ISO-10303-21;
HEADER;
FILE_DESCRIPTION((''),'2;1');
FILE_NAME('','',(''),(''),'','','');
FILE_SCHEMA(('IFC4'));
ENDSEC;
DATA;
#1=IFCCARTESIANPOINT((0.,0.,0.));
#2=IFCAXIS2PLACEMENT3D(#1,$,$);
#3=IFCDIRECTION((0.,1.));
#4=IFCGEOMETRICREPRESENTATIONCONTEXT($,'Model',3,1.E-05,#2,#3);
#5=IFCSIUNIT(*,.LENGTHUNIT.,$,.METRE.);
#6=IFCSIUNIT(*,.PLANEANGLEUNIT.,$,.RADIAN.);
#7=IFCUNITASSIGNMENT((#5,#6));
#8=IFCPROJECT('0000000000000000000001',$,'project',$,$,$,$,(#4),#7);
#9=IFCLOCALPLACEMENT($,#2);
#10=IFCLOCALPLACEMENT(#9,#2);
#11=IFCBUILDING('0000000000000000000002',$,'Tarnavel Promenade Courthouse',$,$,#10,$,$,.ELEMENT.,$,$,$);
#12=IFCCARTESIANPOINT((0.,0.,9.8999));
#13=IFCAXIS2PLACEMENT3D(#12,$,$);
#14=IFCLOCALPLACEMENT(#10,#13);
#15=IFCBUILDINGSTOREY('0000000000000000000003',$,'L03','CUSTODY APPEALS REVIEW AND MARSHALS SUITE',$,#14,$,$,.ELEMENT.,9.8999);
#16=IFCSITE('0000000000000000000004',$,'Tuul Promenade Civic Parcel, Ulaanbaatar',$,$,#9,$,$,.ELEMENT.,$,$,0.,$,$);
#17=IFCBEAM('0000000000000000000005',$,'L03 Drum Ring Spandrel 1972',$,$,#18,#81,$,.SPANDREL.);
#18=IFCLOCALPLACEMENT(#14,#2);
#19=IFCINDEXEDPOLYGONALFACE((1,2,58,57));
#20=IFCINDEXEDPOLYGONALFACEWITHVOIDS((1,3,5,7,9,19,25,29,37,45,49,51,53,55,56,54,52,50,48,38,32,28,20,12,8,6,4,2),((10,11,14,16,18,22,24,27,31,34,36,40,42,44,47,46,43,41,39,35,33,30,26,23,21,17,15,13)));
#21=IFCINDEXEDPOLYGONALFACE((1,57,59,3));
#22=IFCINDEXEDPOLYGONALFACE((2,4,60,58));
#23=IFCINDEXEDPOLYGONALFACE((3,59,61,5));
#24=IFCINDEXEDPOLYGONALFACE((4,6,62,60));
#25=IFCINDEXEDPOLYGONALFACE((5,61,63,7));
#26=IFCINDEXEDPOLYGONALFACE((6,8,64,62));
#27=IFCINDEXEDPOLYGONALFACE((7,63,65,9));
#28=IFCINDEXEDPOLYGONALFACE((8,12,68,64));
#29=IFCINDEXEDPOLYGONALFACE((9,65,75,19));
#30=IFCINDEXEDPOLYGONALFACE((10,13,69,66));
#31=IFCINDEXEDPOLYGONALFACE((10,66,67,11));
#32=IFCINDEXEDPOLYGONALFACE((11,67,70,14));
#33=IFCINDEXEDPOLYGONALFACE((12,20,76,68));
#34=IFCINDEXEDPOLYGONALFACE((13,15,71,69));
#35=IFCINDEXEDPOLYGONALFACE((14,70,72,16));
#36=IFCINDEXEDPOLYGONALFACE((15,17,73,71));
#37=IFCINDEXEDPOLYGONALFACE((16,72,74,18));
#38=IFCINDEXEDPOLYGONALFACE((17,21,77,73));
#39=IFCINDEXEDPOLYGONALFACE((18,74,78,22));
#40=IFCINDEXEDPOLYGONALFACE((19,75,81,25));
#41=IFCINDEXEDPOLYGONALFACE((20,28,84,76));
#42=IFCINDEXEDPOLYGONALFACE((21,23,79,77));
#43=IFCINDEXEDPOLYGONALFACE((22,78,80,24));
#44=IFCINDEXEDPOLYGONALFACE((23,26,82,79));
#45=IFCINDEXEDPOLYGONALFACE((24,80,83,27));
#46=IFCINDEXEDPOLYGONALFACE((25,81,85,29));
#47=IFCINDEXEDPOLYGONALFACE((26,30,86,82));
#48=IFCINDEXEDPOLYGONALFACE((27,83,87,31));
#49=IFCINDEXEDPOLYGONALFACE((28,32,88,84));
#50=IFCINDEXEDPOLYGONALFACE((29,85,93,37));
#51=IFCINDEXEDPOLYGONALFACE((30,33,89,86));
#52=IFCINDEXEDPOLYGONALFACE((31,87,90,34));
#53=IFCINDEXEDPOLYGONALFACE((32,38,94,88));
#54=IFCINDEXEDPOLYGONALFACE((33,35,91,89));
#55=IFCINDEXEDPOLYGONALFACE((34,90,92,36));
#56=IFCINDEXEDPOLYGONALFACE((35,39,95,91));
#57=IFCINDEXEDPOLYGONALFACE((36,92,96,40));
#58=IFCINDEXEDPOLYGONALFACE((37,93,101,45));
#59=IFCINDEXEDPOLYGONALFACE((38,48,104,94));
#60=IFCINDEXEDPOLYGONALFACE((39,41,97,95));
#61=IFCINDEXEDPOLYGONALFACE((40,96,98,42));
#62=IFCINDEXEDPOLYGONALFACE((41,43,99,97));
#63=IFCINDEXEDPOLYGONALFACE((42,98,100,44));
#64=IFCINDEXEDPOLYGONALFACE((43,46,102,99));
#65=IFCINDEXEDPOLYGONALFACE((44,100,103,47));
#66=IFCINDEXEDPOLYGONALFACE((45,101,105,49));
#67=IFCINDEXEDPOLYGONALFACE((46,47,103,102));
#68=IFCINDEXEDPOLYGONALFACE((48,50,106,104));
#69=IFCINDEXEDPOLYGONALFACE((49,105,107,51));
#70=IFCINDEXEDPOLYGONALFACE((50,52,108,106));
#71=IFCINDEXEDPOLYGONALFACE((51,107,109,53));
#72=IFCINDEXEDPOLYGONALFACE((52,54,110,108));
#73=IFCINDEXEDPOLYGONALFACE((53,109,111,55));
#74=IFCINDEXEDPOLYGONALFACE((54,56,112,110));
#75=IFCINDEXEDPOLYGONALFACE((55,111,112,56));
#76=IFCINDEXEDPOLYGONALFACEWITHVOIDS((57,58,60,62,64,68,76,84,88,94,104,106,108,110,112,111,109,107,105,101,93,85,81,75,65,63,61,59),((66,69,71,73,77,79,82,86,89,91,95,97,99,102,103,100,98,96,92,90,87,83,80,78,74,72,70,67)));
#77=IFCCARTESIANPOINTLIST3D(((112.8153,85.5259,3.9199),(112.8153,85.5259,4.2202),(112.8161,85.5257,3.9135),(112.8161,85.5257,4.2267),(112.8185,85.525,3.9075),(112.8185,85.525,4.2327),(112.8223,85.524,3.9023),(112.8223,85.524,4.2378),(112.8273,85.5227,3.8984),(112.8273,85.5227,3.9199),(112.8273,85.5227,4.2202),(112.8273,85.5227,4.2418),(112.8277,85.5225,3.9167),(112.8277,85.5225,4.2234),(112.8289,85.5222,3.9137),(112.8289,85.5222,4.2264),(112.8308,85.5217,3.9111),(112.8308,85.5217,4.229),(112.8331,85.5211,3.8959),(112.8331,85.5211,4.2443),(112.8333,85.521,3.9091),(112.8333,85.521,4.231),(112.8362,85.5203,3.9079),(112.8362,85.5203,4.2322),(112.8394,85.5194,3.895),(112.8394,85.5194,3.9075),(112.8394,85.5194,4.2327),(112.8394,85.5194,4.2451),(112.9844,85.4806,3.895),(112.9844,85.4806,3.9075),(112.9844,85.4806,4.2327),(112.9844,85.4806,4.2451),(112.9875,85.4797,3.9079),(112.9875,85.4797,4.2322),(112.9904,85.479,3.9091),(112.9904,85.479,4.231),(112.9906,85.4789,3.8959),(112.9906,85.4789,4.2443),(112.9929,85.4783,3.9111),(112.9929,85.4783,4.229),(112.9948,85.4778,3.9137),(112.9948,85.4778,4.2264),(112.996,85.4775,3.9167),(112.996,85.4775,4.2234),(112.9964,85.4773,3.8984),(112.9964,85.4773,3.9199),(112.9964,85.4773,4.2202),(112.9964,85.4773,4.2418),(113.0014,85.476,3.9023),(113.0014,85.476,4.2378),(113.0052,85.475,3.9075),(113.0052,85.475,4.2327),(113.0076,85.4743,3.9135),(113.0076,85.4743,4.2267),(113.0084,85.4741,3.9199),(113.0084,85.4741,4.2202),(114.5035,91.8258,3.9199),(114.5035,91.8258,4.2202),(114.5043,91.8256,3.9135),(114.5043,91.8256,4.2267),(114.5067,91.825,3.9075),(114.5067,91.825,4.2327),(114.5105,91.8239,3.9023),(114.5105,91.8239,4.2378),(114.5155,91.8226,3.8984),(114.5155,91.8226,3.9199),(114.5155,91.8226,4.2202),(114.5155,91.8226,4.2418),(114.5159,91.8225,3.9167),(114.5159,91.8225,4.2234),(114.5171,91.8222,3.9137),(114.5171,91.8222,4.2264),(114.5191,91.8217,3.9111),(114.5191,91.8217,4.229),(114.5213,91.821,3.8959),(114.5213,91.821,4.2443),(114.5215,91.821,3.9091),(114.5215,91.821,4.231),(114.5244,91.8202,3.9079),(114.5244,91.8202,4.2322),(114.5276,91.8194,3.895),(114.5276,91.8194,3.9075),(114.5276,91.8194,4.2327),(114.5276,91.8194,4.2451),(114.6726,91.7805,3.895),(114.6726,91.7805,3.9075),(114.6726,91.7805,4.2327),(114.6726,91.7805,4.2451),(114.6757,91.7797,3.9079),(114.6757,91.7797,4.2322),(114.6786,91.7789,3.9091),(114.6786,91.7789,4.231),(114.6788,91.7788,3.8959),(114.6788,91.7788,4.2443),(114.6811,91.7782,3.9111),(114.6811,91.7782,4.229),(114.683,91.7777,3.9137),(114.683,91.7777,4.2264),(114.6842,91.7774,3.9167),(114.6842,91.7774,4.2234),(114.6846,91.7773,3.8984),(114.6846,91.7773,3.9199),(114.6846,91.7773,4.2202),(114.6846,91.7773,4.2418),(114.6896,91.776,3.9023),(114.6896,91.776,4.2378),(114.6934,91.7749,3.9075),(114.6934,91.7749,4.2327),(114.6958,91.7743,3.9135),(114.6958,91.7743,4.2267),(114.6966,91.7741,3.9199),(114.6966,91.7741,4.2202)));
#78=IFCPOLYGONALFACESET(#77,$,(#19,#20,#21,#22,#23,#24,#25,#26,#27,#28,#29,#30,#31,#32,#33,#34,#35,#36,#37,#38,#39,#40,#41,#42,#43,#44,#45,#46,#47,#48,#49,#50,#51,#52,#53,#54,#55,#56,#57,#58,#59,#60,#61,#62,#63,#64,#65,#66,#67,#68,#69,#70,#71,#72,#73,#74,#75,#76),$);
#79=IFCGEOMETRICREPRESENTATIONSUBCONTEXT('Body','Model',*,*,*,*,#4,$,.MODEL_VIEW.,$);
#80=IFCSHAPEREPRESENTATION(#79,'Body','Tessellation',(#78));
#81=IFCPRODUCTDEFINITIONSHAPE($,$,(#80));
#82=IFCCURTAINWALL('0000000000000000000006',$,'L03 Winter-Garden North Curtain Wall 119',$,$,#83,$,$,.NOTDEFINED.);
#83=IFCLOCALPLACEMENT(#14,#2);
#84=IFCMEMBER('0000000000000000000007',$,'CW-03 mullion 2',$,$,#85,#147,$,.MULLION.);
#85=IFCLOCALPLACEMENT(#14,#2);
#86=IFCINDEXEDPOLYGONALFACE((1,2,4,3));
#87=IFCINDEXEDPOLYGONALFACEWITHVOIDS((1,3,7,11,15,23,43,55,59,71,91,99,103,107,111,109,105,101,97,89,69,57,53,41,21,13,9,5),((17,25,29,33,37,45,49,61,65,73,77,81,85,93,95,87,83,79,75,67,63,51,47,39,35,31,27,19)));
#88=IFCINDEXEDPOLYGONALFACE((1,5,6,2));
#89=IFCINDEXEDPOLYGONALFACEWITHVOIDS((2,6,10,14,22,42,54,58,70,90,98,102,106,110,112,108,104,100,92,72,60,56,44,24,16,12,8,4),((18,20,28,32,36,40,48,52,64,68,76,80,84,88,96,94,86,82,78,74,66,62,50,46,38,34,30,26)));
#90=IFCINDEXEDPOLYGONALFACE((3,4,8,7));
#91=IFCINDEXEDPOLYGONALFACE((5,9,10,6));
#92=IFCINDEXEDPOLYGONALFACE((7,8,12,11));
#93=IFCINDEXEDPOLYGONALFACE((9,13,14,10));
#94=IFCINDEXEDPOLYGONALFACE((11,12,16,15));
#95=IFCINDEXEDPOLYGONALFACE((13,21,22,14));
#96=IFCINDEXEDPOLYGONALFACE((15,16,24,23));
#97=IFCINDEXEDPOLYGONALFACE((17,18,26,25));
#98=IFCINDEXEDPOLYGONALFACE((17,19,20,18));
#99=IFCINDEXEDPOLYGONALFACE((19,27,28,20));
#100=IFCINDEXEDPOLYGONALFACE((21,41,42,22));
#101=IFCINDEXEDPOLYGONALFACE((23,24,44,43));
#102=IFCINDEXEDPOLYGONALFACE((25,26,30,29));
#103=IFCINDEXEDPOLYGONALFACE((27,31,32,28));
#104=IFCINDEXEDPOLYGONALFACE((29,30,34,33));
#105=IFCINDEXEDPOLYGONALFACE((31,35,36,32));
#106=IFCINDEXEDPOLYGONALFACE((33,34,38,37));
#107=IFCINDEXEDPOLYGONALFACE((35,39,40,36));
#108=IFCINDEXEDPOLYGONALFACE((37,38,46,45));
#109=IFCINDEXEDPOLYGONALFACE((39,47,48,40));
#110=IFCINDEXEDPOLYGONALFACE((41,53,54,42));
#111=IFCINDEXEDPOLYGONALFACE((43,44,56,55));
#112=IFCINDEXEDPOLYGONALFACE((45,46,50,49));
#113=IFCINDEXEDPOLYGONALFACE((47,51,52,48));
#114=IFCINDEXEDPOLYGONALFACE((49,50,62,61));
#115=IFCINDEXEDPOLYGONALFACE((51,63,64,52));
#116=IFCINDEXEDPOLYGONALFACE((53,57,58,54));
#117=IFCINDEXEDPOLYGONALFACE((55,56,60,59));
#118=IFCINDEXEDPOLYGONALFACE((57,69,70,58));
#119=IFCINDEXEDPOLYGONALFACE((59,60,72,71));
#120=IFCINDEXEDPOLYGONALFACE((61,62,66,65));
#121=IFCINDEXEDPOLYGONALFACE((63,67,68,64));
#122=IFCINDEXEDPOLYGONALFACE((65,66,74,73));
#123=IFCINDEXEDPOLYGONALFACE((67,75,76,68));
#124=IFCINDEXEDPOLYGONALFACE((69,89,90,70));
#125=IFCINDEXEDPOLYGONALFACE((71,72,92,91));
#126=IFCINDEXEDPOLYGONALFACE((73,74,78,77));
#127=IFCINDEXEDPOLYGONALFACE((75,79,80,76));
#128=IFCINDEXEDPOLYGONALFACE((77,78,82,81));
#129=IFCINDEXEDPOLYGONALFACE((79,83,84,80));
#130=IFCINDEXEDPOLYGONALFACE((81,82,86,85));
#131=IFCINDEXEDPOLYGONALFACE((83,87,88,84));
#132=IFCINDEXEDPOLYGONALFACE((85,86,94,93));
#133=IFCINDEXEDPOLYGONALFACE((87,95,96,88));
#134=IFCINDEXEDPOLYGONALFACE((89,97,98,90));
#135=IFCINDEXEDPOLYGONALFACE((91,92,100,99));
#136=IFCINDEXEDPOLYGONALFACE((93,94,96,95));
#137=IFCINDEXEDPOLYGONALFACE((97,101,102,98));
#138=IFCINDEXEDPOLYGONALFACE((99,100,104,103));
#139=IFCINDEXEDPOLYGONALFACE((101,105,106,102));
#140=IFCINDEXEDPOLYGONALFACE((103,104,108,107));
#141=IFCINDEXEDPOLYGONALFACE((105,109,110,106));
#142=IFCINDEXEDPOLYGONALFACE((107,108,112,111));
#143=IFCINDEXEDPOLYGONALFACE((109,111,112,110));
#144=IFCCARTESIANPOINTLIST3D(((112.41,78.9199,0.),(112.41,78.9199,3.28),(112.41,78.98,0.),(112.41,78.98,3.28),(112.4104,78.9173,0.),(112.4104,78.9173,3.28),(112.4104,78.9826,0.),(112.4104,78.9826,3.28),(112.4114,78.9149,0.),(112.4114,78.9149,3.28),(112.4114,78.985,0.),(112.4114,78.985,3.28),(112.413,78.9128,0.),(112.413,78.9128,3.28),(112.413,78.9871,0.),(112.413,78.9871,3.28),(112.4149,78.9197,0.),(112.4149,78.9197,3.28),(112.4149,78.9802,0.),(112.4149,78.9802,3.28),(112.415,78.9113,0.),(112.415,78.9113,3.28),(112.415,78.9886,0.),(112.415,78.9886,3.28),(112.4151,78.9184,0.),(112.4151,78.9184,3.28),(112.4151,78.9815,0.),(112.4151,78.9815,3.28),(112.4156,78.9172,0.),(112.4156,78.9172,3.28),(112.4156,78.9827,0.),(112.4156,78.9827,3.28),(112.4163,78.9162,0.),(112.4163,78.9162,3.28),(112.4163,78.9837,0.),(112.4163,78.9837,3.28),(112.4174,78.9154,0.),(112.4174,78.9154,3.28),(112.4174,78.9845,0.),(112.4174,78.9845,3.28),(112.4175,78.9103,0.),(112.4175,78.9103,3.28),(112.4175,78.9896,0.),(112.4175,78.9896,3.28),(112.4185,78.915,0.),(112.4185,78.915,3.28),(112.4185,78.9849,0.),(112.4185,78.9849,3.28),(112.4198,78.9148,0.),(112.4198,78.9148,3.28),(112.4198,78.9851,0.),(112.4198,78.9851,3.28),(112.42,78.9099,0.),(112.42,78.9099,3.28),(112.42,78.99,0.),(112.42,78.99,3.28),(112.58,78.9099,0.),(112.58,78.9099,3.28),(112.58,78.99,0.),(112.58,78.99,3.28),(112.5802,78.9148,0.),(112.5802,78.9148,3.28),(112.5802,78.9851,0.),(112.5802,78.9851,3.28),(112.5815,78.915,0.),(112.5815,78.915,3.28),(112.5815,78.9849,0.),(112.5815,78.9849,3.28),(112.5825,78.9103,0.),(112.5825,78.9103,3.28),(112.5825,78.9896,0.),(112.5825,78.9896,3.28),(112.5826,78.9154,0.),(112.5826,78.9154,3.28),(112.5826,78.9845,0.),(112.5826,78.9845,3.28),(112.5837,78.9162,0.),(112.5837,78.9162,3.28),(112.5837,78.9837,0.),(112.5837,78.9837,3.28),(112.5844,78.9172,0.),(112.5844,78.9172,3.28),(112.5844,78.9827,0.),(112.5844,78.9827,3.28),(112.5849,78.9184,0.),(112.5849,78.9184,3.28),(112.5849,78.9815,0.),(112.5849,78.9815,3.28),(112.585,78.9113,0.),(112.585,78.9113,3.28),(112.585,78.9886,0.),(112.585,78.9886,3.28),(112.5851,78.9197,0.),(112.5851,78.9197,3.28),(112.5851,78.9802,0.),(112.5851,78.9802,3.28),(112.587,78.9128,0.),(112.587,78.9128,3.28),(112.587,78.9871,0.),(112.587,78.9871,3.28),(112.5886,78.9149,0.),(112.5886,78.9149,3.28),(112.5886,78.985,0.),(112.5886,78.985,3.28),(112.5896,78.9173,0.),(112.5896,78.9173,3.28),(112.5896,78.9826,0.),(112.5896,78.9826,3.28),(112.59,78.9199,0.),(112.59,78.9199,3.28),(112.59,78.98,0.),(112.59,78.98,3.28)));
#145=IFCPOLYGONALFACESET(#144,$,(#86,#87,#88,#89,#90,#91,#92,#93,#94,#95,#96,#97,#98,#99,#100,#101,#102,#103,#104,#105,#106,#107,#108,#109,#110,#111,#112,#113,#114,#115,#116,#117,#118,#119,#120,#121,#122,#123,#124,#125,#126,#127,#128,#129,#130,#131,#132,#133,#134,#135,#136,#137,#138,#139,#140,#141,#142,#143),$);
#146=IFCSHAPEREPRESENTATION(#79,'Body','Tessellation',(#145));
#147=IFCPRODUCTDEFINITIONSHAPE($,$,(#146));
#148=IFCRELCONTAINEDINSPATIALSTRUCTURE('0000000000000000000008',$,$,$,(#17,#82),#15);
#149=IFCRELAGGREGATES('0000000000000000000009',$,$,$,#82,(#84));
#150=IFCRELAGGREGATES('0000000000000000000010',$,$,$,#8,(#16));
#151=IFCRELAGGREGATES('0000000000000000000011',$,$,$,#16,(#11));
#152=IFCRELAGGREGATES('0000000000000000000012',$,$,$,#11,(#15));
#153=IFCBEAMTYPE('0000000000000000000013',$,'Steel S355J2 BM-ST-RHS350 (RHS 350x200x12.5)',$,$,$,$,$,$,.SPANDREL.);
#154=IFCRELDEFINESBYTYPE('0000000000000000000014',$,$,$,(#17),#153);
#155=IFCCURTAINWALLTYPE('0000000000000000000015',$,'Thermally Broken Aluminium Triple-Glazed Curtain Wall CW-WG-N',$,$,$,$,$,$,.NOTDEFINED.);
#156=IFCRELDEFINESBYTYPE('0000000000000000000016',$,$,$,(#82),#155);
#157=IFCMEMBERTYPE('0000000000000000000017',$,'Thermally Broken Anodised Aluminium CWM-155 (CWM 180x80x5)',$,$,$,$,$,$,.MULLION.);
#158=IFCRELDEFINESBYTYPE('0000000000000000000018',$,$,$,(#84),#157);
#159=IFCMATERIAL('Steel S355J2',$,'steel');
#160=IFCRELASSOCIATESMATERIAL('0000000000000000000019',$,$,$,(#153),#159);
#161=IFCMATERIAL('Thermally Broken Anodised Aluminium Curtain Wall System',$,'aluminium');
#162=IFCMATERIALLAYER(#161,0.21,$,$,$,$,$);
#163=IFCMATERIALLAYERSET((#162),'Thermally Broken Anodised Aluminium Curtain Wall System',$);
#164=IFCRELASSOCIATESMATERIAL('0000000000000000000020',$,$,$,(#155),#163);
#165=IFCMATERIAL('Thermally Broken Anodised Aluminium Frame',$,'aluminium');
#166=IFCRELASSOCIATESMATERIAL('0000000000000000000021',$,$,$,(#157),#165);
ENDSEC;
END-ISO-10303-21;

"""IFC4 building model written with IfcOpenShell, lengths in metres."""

from ifc_helpers import new_model, si_unit, direction, frame, origin, origin_2d, place, context, subcontext, project, spatial, hollow_rectangle, extrude, material, layer, layer_set, material_profile, profile_set, type_object, element, aggregate, save


model = new_model("IFC4")

# Units and contexts
model_context = context("Model", 3, precision=1e-05, world=origin(), true_north=direction((0.0, 1.0)))
body_context = subcontext(model_context, "Body", "Model", "MODEL_VIEW")
ifc_project = project(units=[si_unit("LENGTHUNIT", "METRE"), si_unit("PLANEANGLEUNIT", "RADIAN")], contexts=[model_context])

# Site, building, storey
site_placement = place(None, origin())
site = spatial("IfcSite", under=ifc_project, at=site_placement, Name="Tuul Promenade Civic Parcel, Ulaanbaatar", CompositionType="ELEMENT", RefElevation=0.0)
building_placement = place(site_placement, origin())
building = spatial("IfcBuilding", under=site, at=building_placement, Name="Tarnavel Promenade Courthouse", CompositionType="ELEMENT")
storey_placement = place(building_placement, frame((0.0, 0.0, 9.8999)))
storey = spatial("IfcBuildingStorey", under=building, at=storey_placement, Name="L03", Description="CUSTODY APPEALS REVIEW AND MARSHALS SUITE", CompositionType="ELEMENT", Elevation=9.8999)

# Beam
ifc_material_1 = material(Name="Steel S355J2", Category="steel")
ifc_material_profile_1 = material_profile(ifc_material_1, hollow_rectangle(XDim=0.2, YDim=0.3501, WallThickness=0.0125, InnerFilletRadius=0.0125, OuterFilletRadius=0.0249, at=origin_2d()), Name="RHS 350x200x12.5")
ifc_profile_set_1 = profile_set([ifc_material_profile_1], Name="Steel S355J2")
beam_type_1 = type_object("IfcBeamType", Name="Steel S355J2 BM-ST-RHS350 (RHS 350x200x12.5)", PredefinedType="SPANDREL", material=ifc_profile_set_1)
beam_1_placement = place(storey_placement, frame((112.9119, 85.5, 4.0701), z_axis=(0.258839, 0.96592, 0.0), x_axis=(-0.96592, 0.258839, 0.0)))
element("IfcBeam", 1, at=beam_1_placement, inside=storey, type_object=beam_type_1, Name="L03 Drum Ring Spandrel 1972", PredefinedType="SPANDREL", context=body_context, shape_type="SweptSolid", body=[
    extrude(hollow_rectangle(XDim=0.2, YDim=0.3501, WallThickness=0.0125, InnerFilletRadius=0.0125, OuterFilletRadius=0.0249, at=origin_2d()), origin(), (0.0, 0.0, 1.0), 6.5222),
])

# Curtain wall, member
ifc_material_2 = material(Name="Thermally Broken Anodised Aluminium Curtain Wall System", Category="aluminium")
ifc_layer_1 = layer(ifc_material_2, 0.21)
ifc_layer_set_1 = layer_set([ifc_layer_1], Name="Thermally Broken Anodised Aluminium Curtain Wall System")
curtain_wall_type = type_object("IfcCurtainWallType", Name="Thermally Broken Aluminium Triple-Glazed Curtain Wall CW-WG-N", PredefinedType="NOTDEFINED", material=ifc_layer_set_1)
curtain_wall_placement = place(storey_placement, origin())
curtain_wall = element("IfcCurtainWall", 2, at=curtain_wall_placement, inside=storey, type_object=curtain_wall_type, Name="L03 Winter-Garden North Curtain Wall 119", PredefinedType="NOTDEFINED")
ifc_material_3 = material(Name="Thermally Broken Anodised Aluminium Frame", Category="aluminium")
ifc_material_profile_2 = material_profile(ifc_material_3, hollow_rectangle(XDim=0.0801, YDim=0.1799, WallThickness=0.0049, InnerFilletRadius=0.0049, OuterFilletRadius=0.01, at=origin_2d()), Name="CWM 180x80x5")
ifc_profile_set_2 = profile_set([ifc_material_profile_2], Name="Thermally Broken Anodised Aluminium Frame")
member_type_1 = type_object("IfcMemberType", Name="Thermally Broken Anodised Aluminium CWM-155 (CWM 180x80x5)", PredefinedType="MULLION", material=ifc_profile_set_2)
member_1_placement = place(storey_placement, frame((112.5, 78.95, 0.0), z_axis=(0.0, 0.0, 1.0), x_axis=(0.0, 1.0, 0.0)))
member_1 = element("IfcMember", 3, at=member_1_placement, type_object=member_type_1, Name="CW-03 mullion 2", PredefinedType="MULLION", context=body_context, shape_type="SweptSolid", body=[
    extrude(hollow_rectangle(XDim=0.0801, YDim=0.1799, WallThickness=0.0049, InnerFilletRadius=0.0049, OuterFilletRadius=0.01, at=origin_2d()), origin(), (0.0, 0.0, 1.0), 3.28),
])
aggregate(curtain_wall, [member_1])

save(model, "model.ifc")
